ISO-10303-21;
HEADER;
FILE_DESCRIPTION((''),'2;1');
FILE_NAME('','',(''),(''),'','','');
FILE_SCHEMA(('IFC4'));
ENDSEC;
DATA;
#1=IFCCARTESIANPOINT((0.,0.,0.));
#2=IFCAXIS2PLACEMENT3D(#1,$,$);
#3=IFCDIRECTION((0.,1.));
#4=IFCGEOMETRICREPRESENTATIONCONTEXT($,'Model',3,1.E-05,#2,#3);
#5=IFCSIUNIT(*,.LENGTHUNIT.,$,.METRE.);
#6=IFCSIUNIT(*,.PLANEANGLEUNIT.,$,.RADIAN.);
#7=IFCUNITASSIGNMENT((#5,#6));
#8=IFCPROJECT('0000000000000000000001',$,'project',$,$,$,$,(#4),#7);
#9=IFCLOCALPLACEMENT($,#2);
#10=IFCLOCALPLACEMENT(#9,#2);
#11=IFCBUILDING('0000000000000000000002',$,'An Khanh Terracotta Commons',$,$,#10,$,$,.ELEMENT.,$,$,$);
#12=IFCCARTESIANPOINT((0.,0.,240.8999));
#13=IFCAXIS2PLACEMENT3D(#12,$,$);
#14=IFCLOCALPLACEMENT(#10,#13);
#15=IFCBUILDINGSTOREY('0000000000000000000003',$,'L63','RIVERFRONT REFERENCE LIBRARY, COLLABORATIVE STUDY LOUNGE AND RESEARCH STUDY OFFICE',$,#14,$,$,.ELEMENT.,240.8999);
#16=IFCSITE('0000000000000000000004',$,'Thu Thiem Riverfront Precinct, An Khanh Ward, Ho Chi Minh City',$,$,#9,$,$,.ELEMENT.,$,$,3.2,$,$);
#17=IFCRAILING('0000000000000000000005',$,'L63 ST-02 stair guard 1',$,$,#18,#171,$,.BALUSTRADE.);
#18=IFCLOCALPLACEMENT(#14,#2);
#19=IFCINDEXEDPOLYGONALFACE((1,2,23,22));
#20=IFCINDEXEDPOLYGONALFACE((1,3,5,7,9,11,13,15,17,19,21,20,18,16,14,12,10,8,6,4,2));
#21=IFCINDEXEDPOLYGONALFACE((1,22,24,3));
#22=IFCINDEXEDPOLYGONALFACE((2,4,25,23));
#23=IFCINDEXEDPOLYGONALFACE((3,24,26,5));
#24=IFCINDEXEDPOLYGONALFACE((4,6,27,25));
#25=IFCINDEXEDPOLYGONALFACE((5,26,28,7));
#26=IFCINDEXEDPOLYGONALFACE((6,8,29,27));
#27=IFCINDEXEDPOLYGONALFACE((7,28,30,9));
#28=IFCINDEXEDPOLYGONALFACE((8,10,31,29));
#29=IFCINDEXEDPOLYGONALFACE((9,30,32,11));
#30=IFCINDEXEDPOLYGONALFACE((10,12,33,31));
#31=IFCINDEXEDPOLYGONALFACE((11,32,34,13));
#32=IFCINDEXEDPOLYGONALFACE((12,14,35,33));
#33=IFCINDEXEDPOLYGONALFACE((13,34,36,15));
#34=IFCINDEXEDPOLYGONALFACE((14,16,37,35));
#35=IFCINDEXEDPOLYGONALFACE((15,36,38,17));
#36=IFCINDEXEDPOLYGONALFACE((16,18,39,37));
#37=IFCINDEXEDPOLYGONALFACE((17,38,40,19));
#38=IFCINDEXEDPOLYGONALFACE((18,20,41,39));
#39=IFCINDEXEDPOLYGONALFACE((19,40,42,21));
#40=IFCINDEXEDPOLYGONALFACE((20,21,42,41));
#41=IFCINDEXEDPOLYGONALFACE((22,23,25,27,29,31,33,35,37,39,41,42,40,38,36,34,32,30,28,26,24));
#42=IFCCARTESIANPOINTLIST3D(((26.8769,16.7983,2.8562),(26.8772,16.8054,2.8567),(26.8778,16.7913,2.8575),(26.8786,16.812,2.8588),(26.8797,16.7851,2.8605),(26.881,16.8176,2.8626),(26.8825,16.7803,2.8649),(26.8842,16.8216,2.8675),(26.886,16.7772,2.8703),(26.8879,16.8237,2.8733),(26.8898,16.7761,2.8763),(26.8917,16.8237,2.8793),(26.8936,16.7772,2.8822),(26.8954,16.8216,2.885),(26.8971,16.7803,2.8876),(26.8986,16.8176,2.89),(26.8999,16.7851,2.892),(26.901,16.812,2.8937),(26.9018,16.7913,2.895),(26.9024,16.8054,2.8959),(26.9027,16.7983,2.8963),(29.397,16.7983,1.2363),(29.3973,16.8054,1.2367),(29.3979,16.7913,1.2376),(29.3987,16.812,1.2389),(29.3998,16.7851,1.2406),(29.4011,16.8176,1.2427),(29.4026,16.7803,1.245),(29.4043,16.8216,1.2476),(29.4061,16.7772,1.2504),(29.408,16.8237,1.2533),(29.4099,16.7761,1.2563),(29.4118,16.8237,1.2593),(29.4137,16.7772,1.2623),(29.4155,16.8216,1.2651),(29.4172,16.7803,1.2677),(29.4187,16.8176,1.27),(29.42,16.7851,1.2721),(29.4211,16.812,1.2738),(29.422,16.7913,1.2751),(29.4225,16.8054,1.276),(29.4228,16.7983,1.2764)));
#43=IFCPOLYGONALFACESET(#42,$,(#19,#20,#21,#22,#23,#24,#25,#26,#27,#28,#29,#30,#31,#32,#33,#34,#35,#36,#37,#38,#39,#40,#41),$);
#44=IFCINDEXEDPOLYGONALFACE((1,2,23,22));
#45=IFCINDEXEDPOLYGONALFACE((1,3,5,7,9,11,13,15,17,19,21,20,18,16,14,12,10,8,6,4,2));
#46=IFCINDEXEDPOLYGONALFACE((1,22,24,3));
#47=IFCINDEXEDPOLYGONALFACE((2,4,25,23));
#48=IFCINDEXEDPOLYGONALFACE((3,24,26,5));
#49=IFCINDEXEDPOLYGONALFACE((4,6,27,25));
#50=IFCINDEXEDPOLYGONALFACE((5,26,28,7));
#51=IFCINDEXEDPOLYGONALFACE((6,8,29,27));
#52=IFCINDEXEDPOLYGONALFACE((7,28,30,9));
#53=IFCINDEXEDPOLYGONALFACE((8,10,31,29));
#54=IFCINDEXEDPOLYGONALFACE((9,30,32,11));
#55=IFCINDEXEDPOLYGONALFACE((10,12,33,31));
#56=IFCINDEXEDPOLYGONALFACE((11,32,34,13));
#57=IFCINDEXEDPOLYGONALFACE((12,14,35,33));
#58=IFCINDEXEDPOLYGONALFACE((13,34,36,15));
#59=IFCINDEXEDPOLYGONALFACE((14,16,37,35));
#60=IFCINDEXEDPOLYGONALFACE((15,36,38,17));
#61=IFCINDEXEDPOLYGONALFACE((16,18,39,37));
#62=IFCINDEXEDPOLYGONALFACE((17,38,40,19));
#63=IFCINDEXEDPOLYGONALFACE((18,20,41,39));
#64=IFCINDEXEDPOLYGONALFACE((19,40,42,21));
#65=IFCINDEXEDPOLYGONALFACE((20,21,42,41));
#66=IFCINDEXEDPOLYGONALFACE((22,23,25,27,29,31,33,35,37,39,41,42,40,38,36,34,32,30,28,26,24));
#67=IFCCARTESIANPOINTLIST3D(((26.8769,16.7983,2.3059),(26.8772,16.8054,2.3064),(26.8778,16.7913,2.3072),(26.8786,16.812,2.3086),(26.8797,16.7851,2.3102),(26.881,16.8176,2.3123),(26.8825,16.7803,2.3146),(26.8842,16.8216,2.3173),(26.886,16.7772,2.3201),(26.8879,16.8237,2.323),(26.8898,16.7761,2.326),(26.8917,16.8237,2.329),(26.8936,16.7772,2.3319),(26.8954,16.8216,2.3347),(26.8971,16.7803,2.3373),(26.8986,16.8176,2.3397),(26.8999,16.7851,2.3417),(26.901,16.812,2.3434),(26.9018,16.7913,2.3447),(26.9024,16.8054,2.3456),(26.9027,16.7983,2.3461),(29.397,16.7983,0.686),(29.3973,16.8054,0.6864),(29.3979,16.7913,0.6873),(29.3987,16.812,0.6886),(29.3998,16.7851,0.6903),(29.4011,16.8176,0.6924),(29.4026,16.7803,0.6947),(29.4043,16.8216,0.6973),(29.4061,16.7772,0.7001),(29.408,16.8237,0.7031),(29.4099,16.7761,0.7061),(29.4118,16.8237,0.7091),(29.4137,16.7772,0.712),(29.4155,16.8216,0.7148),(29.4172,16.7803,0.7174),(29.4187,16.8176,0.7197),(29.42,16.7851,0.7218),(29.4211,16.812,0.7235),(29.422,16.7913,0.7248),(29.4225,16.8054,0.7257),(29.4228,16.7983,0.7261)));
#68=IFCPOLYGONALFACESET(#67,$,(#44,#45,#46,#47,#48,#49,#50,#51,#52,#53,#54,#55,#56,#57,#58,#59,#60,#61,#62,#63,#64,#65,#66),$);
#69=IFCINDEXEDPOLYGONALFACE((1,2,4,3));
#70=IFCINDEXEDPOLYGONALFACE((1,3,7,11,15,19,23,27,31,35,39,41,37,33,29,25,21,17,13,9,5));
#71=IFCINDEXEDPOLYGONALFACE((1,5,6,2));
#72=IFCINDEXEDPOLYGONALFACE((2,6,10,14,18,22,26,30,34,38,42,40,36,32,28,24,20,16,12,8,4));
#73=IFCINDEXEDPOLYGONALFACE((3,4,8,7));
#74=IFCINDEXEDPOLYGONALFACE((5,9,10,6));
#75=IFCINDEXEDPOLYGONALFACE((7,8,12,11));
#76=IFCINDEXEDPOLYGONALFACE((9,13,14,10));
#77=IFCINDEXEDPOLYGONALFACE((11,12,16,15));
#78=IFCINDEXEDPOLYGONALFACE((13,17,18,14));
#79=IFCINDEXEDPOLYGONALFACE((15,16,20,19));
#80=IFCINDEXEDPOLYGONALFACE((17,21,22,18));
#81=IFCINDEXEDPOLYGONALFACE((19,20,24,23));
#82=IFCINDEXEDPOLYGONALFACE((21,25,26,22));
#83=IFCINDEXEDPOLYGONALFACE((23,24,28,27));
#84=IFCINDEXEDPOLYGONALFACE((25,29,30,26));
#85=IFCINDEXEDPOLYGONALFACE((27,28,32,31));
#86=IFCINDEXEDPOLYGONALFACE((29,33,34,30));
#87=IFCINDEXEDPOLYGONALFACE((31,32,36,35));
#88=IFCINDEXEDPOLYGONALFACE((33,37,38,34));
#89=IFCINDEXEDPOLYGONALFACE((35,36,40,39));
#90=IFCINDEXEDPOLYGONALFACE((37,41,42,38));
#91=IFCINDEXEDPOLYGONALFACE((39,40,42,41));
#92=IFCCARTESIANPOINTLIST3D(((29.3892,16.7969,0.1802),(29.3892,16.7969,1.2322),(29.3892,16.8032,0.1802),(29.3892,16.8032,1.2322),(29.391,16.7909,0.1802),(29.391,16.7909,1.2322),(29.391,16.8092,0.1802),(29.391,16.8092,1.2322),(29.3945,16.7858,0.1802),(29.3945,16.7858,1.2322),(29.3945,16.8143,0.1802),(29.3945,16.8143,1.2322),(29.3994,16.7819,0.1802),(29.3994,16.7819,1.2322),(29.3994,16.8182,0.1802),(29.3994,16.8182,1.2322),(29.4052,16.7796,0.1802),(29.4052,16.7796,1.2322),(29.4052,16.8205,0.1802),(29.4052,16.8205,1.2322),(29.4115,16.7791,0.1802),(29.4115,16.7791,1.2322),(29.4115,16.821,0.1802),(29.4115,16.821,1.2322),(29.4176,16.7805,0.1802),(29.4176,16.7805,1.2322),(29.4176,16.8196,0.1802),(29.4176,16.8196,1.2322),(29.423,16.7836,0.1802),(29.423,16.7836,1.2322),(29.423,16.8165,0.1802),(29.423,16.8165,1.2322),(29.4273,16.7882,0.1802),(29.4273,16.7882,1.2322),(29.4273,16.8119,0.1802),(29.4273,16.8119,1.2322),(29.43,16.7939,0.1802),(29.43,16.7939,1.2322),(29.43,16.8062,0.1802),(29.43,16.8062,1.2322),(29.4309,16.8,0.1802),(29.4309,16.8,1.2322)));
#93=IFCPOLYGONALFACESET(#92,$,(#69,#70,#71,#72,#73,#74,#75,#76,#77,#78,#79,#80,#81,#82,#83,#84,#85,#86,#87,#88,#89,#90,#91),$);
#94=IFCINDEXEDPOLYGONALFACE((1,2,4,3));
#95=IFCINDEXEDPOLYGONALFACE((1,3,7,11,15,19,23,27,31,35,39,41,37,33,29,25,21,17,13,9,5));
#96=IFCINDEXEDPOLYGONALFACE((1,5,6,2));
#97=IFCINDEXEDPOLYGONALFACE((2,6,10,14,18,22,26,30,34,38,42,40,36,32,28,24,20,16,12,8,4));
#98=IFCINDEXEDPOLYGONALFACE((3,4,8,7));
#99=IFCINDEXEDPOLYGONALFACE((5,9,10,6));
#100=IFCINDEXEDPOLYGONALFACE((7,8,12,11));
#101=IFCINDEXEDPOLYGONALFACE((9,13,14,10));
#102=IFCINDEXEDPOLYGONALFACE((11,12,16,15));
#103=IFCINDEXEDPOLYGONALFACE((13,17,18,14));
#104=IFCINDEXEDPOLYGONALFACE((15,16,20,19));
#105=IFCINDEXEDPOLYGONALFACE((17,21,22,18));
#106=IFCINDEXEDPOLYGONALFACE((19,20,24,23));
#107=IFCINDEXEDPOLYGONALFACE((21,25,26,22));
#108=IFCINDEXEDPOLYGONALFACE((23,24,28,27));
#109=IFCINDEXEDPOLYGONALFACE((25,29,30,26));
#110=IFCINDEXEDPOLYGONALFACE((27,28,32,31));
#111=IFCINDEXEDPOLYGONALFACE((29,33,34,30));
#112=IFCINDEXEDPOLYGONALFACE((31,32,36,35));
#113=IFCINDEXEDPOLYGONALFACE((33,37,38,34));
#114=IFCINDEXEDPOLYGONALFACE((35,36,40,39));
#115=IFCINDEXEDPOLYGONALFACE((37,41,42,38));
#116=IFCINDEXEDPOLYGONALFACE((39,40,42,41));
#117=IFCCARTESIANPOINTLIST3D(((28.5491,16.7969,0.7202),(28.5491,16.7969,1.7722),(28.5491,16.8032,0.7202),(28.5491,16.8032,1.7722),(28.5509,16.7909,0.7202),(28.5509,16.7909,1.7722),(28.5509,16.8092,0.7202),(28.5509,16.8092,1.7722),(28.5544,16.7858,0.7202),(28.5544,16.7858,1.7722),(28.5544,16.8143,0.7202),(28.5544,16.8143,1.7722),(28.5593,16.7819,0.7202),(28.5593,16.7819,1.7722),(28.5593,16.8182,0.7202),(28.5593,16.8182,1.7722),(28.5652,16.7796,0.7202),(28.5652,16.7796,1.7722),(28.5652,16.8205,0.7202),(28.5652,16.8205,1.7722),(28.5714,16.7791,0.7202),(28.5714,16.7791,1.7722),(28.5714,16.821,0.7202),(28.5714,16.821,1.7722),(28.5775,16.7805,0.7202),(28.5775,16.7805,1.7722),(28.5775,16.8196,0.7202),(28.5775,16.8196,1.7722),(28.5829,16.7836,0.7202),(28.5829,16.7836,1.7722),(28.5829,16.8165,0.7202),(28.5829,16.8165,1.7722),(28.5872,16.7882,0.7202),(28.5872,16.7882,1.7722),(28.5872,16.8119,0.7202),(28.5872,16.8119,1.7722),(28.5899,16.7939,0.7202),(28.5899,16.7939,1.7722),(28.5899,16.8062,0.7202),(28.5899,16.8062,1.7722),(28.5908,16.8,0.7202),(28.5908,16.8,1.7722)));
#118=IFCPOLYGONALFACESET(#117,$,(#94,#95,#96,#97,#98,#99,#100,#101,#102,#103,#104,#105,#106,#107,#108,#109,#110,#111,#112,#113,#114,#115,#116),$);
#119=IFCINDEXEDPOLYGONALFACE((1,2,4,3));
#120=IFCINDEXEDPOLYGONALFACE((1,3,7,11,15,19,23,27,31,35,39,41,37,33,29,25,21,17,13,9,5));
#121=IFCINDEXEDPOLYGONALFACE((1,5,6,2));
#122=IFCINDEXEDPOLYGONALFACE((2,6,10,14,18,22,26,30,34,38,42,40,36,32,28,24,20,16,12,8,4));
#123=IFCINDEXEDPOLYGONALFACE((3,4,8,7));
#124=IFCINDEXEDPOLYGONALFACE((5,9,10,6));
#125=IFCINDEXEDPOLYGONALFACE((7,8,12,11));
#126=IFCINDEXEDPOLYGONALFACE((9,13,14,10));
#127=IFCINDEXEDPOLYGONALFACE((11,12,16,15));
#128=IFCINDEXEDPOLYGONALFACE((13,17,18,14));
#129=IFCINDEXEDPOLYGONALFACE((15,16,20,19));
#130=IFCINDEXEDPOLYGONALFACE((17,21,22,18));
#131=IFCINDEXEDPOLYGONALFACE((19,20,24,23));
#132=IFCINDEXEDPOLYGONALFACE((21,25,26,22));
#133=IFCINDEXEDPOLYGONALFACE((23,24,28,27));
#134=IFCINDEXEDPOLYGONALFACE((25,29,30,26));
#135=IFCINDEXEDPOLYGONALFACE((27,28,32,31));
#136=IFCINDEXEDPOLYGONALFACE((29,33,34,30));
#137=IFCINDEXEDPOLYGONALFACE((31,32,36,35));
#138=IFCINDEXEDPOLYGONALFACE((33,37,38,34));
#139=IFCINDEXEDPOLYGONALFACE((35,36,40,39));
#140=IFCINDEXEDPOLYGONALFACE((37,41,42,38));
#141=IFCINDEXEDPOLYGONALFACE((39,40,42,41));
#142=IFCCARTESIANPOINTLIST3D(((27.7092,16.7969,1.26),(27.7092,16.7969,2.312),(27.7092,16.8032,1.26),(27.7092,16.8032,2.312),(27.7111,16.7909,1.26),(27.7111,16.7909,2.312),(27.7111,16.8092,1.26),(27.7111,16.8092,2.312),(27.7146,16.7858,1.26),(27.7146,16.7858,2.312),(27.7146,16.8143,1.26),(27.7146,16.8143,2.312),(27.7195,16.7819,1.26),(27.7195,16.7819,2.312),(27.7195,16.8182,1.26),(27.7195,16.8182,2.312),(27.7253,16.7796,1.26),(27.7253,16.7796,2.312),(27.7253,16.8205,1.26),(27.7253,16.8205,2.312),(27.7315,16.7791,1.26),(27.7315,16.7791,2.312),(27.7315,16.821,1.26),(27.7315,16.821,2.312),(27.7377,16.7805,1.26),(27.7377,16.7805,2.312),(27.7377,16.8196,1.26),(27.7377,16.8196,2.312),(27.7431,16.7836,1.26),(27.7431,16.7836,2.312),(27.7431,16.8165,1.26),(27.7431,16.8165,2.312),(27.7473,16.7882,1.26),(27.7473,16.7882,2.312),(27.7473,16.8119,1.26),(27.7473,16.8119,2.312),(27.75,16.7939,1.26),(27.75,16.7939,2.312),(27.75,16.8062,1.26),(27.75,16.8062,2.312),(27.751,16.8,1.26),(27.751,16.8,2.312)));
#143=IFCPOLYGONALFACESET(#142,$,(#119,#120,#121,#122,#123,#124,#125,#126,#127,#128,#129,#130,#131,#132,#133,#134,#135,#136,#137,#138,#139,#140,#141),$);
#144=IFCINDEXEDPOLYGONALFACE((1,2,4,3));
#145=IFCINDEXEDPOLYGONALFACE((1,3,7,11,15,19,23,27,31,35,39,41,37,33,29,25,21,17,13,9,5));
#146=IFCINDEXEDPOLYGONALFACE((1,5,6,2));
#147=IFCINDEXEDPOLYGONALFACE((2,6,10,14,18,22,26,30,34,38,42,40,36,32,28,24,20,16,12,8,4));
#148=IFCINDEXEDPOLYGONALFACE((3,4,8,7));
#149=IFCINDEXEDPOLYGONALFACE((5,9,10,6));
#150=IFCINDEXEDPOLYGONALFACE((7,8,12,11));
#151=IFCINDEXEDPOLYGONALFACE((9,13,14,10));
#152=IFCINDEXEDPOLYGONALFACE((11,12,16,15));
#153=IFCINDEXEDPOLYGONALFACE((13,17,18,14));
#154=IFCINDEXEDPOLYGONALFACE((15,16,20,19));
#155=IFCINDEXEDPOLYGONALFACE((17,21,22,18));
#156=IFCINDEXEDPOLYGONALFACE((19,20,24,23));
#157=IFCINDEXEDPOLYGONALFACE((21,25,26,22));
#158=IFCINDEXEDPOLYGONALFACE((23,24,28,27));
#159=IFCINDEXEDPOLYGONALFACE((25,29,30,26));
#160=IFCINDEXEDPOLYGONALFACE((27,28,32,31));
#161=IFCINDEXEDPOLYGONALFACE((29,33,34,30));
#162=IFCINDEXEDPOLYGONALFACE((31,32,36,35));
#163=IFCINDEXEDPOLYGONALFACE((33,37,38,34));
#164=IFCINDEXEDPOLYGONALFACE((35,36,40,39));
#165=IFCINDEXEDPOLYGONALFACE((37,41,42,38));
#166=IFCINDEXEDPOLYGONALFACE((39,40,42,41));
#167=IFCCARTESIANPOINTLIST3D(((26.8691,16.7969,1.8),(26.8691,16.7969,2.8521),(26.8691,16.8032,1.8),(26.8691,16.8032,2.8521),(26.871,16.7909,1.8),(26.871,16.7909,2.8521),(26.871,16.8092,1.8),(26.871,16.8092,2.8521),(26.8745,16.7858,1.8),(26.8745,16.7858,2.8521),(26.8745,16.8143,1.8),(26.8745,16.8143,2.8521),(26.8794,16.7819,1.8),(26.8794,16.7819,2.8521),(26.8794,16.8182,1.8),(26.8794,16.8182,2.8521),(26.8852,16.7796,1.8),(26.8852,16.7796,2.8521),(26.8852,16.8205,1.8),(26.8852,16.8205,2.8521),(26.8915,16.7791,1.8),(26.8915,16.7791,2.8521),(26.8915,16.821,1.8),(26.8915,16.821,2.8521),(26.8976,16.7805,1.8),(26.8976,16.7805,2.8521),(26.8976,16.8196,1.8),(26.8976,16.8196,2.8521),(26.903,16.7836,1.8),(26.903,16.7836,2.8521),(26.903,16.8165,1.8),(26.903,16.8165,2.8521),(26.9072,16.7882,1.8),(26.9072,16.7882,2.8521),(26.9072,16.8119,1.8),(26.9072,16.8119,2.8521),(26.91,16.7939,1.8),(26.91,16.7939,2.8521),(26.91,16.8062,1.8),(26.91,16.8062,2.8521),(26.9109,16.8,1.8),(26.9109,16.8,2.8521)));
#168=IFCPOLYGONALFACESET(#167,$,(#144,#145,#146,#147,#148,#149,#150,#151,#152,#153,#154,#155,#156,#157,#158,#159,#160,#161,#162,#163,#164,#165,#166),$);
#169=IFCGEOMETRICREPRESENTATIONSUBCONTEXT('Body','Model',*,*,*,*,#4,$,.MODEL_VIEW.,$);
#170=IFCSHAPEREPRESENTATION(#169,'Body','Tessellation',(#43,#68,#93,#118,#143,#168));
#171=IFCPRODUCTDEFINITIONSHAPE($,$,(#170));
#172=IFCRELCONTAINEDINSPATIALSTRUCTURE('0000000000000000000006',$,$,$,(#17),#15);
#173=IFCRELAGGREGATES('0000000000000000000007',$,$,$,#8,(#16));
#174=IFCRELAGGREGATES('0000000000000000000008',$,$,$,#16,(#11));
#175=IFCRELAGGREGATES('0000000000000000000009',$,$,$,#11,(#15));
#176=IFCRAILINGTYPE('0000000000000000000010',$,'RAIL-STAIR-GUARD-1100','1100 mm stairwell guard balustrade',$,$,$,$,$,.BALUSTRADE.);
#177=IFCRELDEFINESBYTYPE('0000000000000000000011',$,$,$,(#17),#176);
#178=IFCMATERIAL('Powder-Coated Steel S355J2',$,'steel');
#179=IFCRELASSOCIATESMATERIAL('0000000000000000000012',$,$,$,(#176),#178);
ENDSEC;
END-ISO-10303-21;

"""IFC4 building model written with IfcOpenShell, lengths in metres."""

from ifc_helpers import new_model, si_unit, direction, frame, origin, origin_2d, place, context, subcontext, project, spatial, circle, extrude, material, type_object, element, save


model = new_model("IFC4")

# Units and contexts
model_context = context("Model", 3, precision=1e-05, world=origin(), true_north=direction((0.0, 1.0)))
body_context = subcontext(model_context, "Body", "Model", "MODEL_VIEW")
ifc_project = project(units=[si_unit("LENGTHUNIT", "METRE"), si_unit("PLANEANGLEUNIT", "RADIAN")], contexts=[model_context])

# Site, building, storey
site_placement = place(None, origin())
site = spatial("IfcSite", under=ifc_project, at=site_placement, Name="Thu Thiem Riverfront Precinct, An Khanh Ward, Ho Chi Minh City", CompositionType="ELEMENT", RefElevation=3.2)
building_placement = place(site_placement, origin())
building = spatial("IfcBuilding", under=site, at=building_placement, Name="An Khanh Terracotta Commons", CompositionType="ELEMENT")
storey_placement = place(building_placement, frame((0.0, 0.0, 240.8999)))
storey = spatial("IfcBuildingStorey", under=building, at=storey_placement, Name="L63", Description="RIVERFRONT REFERENCE LIBRARY, COLLABORATIVE STUDY LOUNGE AND RESEARCH STUDY OFFICE", CompositionType="ELEMENT", Elevation=240.8999)

# Railing
ifc_material_1 = material(Name="Powder-Coated Steel S355J2", Category="steel")
railing_type = type_object("IfcRailingType", Name="RAIL-STAIR-GUARD-1100", Description="1100 mm stairwell guard balustrade", PredefinedType="BALUSTRADE", material=ifc_material_1)
railing_1_placement = place(storey_placement, frame((29.4099, 16.8, 0.1802)))
element("IfcRailing", 1, at=railing_1_placement, inside=storey, type_object=railing_type, Name="L63 ST-02 stair guard 1", PredefinedType="BALUSTRADE", context=body_context, shape_type="SweptSolid", body=[
    extrude(circle(Radius=0.0239, at=origin_2d()), frame((0.0, 0.0, 1.0762), z_axis=(-0.8412, 0.0, 0.540725), x_axis=(0.0, -1.0, 0.0)), (0.0, 0.0, 1.0), 2.9958),
    extrude(circle(Radius=0.0239, at=origin_2d()), frame((0.0, 0.0, 0.5259), z_axis=(-0.8412, 0.0, 0.540725), x_axis=(0.0, -1.0, 0.0)), (0.0, 0.0, 1.0), 2.9958),
    extrude(circle(Radius=0.021, at=origin_2d()), origin(), (0.0, 0.0, 1.0), 1.052),
    extrude(circle(Radius=0.021, at=origin_2d()), frame((-0.8401, 0.0, 0.54)), (0.0, 0.0, 1.0), 1.052),
    extrude(circle(Radius=0.021, at=origin_2d()), frame((-1.6799, 0.0, 1.0798)), (0.0, 0.0, 1.0), 1.052),
    extrude(circle(Radius=0.021, at=origin_2d()), frame((-2.52, 0.0, 1.6199)), (0.0, 0.0, 1.0), 1.052),
])

save(model, "model.ifc")
